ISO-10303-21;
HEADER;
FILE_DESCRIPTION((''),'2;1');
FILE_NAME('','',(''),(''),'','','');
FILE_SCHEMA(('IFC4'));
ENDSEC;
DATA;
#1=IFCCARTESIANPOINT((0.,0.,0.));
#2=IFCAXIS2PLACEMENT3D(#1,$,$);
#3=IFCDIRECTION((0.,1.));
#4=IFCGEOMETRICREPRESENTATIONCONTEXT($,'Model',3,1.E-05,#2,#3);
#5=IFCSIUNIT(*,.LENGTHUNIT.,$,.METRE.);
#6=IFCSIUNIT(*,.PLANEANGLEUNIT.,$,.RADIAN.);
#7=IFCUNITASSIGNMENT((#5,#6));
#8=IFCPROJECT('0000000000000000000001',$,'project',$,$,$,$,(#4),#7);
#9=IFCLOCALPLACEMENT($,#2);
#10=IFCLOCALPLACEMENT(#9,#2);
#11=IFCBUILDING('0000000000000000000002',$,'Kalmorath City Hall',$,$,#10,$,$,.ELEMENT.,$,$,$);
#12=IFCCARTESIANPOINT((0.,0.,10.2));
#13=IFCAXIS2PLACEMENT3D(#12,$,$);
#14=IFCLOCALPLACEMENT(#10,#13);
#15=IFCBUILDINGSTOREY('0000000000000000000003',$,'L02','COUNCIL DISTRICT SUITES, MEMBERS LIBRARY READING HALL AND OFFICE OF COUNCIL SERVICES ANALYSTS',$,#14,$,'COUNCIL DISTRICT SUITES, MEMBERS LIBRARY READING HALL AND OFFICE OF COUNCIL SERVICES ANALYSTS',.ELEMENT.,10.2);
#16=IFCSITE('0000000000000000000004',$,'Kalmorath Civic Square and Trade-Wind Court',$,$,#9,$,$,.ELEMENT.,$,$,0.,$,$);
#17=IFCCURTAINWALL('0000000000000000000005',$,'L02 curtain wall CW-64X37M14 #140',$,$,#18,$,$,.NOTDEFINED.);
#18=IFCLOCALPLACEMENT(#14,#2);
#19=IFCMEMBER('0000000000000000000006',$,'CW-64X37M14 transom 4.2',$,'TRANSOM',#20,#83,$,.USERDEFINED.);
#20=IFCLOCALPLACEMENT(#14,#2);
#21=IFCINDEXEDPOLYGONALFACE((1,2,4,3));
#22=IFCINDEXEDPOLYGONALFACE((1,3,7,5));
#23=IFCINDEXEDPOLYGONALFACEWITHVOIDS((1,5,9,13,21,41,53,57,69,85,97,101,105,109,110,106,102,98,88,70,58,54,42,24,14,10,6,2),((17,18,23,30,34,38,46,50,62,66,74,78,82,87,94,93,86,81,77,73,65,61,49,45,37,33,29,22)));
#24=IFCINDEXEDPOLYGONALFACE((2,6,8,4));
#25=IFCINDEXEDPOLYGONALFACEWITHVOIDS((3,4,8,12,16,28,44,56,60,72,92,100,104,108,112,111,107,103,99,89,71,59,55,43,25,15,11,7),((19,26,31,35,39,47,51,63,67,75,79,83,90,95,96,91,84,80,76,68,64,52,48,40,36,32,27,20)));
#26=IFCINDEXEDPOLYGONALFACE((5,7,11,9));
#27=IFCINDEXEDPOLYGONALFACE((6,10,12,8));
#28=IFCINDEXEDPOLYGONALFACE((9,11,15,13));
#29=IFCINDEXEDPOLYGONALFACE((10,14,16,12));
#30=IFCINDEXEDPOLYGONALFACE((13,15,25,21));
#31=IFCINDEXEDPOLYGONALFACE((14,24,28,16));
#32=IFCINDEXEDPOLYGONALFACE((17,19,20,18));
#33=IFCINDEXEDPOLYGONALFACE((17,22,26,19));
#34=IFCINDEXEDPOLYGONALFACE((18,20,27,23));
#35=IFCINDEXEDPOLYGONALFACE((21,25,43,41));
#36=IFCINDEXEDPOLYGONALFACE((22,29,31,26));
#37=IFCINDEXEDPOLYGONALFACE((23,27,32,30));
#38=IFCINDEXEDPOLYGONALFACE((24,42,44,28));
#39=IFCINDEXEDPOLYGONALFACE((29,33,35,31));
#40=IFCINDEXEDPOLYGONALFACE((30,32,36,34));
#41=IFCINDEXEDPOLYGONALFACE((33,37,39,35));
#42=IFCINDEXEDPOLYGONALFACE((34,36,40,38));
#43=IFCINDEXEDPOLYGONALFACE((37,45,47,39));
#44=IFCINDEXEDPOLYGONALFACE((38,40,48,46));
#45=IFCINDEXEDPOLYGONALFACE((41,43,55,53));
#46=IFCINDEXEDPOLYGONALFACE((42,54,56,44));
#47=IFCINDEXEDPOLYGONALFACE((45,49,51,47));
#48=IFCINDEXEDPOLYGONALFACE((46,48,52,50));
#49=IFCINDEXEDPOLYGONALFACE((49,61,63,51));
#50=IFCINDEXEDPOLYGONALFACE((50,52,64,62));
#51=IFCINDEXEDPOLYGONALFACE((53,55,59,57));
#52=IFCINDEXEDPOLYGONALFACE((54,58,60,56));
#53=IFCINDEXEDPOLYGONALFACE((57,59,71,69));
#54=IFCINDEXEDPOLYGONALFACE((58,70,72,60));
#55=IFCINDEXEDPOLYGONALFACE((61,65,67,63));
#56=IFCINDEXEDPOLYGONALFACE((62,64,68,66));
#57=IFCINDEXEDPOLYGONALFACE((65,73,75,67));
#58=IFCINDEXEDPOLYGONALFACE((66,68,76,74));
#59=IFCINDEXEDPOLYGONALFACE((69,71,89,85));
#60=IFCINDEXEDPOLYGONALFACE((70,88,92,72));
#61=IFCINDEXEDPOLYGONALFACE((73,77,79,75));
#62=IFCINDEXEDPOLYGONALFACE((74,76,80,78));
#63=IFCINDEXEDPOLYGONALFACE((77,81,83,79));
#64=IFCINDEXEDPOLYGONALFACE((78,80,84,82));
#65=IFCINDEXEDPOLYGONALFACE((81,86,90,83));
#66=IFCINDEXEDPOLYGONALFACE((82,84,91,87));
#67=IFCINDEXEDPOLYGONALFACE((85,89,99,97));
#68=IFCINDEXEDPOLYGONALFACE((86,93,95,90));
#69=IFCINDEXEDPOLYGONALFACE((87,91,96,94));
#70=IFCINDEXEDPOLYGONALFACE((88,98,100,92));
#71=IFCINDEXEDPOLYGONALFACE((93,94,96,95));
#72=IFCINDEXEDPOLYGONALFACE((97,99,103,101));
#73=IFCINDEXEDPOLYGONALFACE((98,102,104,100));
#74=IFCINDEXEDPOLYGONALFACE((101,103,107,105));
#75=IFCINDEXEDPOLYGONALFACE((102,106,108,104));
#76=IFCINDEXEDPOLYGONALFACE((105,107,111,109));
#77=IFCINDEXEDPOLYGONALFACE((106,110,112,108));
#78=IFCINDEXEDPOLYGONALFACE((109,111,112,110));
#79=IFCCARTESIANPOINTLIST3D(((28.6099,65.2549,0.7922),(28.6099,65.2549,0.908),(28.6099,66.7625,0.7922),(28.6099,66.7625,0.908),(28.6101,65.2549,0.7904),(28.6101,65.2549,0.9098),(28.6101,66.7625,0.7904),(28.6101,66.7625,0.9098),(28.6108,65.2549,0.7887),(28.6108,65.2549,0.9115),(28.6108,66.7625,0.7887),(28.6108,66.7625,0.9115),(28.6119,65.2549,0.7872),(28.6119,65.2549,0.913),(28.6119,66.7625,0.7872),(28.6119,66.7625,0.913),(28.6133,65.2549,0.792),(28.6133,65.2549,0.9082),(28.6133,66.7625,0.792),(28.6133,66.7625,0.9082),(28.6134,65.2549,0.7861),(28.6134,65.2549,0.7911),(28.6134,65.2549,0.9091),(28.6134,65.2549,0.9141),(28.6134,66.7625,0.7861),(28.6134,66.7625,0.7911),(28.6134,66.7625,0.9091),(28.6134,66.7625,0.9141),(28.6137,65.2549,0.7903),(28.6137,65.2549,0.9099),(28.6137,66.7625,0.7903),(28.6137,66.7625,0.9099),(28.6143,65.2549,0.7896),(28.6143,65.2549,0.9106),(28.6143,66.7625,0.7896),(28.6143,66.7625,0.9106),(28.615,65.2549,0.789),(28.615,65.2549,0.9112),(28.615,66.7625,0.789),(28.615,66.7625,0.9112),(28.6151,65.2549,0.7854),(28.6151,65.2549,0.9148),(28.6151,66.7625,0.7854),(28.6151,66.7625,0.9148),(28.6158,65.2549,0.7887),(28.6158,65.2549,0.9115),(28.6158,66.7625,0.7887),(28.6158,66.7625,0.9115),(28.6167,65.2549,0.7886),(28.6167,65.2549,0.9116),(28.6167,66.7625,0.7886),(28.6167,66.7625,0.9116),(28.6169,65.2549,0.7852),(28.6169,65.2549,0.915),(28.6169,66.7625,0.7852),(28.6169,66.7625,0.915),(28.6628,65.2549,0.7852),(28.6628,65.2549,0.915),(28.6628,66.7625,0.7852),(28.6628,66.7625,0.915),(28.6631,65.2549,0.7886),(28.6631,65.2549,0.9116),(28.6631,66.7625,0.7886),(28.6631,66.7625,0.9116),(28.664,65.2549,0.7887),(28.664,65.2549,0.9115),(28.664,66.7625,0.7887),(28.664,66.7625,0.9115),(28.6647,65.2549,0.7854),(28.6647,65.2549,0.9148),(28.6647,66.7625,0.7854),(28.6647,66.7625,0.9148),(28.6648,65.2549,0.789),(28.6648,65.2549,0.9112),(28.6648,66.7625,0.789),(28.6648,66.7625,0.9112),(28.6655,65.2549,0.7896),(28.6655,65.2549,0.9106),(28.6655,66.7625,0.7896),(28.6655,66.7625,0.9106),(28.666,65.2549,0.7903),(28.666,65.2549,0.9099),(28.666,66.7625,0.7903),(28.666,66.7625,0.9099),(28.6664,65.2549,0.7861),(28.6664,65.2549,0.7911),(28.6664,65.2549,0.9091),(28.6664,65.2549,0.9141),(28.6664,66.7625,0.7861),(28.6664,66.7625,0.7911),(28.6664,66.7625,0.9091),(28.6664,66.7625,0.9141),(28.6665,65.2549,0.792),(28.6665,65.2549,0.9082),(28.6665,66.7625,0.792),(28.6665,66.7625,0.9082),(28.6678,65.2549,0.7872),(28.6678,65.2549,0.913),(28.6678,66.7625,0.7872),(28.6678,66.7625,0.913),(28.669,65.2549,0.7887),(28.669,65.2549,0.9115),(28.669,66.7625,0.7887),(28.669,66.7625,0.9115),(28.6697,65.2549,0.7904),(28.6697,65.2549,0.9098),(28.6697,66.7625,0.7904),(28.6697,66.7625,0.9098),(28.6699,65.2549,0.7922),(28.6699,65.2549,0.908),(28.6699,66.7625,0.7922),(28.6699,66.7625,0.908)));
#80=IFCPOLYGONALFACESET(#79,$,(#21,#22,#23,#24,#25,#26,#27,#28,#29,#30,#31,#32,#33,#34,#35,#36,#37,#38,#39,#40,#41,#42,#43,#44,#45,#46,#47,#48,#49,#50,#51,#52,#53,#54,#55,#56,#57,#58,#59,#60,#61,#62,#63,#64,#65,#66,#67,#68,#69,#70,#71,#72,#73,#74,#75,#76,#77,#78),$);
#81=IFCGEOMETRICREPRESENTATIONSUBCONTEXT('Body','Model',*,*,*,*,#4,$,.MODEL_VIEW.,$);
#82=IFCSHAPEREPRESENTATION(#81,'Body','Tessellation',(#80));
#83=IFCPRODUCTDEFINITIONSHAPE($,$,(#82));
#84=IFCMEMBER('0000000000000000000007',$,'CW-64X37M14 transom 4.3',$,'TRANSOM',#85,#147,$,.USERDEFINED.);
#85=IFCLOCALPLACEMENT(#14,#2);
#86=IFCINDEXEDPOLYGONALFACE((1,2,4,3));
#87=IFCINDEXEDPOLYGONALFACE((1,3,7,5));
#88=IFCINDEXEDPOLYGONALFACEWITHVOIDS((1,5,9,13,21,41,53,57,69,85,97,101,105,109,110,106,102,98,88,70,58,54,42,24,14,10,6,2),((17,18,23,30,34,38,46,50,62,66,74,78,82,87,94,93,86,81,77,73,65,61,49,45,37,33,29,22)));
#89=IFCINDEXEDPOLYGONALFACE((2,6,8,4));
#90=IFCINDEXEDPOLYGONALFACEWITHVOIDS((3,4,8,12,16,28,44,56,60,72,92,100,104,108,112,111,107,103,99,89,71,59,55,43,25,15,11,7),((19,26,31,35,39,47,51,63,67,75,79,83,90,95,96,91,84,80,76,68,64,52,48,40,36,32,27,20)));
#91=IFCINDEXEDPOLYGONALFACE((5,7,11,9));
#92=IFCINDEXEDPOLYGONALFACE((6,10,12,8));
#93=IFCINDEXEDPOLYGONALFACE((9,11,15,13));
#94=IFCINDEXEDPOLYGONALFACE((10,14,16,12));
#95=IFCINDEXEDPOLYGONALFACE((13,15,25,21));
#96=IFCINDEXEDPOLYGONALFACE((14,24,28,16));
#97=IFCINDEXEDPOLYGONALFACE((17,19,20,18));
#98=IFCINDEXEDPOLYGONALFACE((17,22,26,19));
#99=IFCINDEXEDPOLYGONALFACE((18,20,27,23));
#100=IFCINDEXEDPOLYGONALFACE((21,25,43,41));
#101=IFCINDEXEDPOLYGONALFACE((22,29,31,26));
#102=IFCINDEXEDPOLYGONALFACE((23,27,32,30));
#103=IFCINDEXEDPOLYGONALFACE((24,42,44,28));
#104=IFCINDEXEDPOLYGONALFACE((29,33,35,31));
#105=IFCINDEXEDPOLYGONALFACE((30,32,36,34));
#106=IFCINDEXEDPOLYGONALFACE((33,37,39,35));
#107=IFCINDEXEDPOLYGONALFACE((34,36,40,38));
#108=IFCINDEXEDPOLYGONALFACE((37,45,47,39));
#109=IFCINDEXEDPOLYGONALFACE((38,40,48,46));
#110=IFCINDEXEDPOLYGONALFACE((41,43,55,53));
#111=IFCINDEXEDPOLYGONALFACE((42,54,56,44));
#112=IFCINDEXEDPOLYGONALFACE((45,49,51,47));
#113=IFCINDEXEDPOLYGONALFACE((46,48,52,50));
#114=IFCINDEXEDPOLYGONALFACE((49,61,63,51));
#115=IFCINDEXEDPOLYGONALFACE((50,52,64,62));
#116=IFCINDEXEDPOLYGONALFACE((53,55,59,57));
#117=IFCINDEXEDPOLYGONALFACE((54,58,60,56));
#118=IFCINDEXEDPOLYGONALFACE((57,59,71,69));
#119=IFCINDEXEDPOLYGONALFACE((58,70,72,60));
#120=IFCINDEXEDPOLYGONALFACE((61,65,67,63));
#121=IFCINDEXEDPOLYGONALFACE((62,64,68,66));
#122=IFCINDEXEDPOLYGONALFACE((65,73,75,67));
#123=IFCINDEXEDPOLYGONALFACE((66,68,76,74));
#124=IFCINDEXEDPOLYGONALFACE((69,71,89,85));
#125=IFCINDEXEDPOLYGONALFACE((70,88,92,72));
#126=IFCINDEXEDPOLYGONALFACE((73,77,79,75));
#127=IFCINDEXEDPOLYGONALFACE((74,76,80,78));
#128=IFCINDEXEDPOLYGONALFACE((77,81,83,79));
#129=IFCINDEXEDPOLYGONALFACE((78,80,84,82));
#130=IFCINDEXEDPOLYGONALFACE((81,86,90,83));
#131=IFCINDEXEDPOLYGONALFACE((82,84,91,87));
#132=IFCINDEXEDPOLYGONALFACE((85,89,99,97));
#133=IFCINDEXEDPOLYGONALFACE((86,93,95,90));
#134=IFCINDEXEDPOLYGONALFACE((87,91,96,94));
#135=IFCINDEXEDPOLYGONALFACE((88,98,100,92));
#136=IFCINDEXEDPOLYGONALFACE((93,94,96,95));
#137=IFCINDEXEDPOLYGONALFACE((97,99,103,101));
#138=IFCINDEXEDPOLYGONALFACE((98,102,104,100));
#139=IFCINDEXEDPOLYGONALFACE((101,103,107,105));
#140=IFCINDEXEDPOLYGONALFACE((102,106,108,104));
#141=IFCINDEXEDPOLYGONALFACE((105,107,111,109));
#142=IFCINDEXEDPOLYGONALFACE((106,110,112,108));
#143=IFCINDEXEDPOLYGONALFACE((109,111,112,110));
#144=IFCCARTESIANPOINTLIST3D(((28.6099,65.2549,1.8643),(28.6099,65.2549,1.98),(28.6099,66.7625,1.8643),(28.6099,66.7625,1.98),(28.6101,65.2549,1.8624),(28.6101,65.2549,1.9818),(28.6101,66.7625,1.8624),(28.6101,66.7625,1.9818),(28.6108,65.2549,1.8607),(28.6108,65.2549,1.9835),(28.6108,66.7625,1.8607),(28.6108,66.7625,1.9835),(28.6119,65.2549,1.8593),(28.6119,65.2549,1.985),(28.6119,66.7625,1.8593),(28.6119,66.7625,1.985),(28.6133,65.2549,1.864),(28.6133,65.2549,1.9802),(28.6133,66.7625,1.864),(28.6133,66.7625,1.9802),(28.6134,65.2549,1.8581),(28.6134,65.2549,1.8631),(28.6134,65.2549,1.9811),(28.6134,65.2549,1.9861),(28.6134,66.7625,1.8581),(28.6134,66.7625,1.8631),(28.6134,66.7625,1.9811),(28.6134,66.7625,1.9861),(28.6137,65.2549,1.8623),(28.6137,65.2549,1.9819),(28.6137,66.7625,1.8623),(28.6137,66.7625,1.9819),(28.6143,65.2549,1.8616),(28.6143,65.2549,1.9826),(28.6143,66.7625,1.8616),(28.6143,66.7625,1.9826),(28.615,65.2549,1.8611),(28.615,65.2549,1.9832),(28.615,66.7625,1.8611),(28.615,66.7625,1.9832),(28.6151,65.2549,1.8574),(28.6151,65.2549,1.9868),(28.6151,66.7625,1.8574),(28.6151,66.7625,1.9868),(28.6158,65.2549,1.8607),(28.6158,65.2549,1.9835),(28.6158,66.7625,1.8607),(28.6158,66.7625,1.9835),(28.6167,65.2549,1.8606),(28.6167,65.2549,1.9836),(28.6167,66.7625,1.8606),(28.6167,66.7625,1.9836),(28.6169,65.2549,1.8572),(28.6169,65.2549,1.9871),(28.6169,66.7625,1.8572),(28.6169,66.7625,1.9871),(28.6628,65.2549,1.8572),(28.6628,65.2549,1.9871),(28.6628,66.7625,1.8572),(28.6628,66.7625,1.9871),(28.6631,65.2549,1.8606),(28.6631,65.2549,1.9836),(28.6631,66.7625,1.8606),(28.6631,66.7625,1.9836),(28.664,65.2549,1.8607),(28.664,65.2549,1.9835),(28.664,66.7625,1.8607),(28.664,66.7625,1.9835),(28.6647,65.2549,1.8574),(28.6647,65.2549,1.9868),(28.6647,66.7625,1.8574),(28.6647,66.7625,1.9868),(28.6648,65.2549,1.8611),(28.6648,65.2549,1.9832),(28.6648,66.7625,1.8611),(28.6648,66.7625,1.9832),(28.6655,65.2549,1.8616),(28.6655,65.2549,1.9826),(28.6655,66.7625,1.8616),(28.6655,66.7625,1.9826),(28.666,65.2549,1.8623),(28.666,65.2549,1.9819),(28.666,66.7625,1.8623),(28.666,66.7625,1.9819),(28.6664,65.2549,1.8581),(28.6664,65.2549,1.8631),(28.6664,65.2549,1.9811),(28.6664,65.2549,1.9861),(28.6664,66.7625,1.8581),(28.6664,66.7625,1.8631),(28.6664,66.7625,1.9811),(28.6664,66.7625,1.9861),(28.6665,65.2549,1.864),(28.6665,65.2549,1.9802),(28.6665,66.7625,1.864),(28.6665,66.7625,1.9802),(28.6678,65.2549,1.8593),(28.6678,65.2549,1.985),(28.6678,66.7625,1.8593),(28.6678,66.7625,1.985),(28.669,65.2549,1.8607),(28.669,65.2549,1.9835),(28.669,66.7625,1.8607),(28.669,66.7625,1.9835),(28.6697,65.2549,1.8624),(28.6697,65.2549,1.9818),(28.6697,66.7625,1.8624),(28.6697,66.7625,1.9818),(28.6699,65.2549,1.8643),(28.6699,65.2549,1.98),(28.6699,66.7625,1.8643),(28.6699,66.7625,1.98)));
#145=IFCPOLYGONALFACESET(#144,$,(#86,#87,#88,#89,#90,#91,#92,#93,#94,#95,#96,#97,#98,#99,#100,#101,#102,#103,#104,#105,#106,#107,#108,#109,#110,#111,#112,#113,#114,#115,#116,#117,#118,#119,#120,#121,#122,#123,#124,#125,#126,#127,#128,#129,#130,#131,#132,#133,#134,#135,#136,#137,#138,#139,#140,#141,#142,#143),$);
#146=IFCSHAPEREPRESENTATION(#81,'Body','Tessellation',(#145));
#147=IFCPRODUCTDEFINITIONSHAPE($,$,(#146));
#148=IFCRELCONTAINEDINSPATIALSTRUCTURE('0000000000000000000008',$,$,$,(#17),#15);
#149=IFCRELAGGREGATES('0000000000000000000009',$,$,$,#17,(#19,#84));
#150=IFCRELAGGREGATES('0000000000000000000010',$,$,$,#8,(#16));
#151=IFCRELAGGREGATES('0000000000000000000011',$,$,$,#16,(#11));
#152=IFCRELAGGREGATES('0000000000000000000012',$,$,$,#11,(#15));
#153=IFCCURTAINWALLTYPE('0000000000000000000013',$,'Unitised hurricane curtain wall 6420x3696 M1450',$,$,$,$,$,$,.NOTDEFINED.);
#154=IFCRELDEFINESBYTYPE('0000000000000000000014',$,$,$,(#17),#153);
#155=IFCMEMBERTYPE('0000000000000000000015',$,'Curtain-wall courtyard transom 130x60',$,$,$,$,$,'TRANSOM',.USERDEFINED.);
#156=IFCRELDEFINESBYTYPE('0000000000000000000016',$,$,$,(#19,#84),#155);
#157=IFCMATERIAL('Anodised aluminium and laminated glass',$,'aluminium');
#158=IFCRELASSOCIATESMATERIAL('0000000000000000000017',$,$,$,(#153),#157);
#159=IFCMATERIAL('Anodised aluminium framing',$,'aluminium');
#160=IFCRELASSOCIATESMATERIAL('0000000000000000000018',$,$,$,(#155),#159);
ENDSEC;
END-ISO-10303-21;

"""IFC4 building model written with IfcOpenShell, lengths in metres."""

from ifc_helpers import new_model, si_unit, direction, frame, origin, origin_2d, place, context, subcontext, project, spatial, hollow_rectangle, extrude, material, material_profile, profile_set, type_object, element, aggregate, save


model = new_model("IFC4")

# Units and contexts
model_context = context("Model", 3, precision=1e-05, world=origin(), true_north=direction((0.0, 1.0)))
body_context = subcontext(model_context, "Body", "Model", "MODEL_VIEW")
ifc_project = project(units=[si_unit("LENGTHUNIT", "METRE"), si_unit("PLANEANGLEUNIT", "RADIAN")], contexts=[model_context])

# Site, building, storey
site_placement = place(None, origin())
site = spatial("IfcSite", under=ifc_project, at=site_placement, Name="Kalmorath Civic Square and Trade-Wind Court", CompositionType="ELEMENT", RefElevation=0.0)
building_placement = place(site_placement, origin())
building = spatial("IfcBuilding", under=site, at=building_placement, Name="Kalmorath City Hall", CompositionType="ELEMENT")
storey_placement = place(building_placement, frame((0.0, 0.0, 10.2)))
storey = spatial("IfcBuildingStorey", under=building, at=storey_placement, Name="L02", Description="COUNCIL DISTRICT SUITES, MEMBERS LIBRARY READING HALL AND OFFICE OF COUNCIL SERVICES ANALYSTS", LongName="COUNCIL DISTRICT SUITES, MEMBERS LIBRARY READING HALL AND OFFICE OF COUNCIL SERVICES ANALYSTS", CompositionType="ELEMENT", Elevation=10.2)

# Curtain wall, members
ifc_material_1 = material(Name="Anodised aluminium and laminated glass", Category="aluminium")
curtain_wall_type = type_object("IfcCurtainWallType", Name="Unitised hurricane curtain wall 6420x3696 M1450", PredefinedType="NOTDEFINED", material=ifc_material_1)
curtain_wall_placement = place(storey_placement, origin())
curtain_wall = element("IfcCurtainWall", 1, at=curtain_wall_placement, inside=storey, type_object=curtain_wall_type, Name="L02 curtain wall CW-64X37M14 #140", PredefinedType="NOTDEFINED")
ifc_material_2 = material(Name="Anodised aluminium framing", Category="aluminium")
ifc_material_profile_1 = material_profile(ifc_material_2, hollow_rectangle(XDim=0.0601, YDim=0.1299, WallThickness=0.0034, InnerFilletRadius=0.0034, OuterFilletRadius=0.0071, at=origin_2d()), Name="ALU-TRN-130X60X3.5")
ifc_profile_set_1 = profile_set([ifc_material_profile_1], Name="Anodised aluminium framing")
member_type_1 = type_object("IfcMemberType", Name="Curtain-wall courtyard transom 130x60", ElementType="TRANSOM", PredefinedType="USERDEFINED", material=ifc_profile_set_1)
member_1_placement = place(storey_placement, frame((28.6399, 66.7625, 0.8501), z_axis=(0.0, -1.0, 0.0), x_axis=(1.0, 0.0, 0.0)))
member_1 = element("IfcMember", 2, at=member_1_placement, type_object=member_type_1, Name="CW-64X37M14 transom 4.2", ObjectType="TRANSOM", PredefinedType="USERDEFINED", context=body_context, shape_type="SweptSolid", body=[
    extrude(hollow_rectangle(XDim=0.0601, YDim=0.1299, WallThickness=0.0034, InnerFilletRadius=0.0034, OuterFilletRadius=0.0071, at=origin_2d()), origin(), (0.0, 0.0, 1.0), 1.5076),
])
member_2_placement = place(storey_placement, frame((28.6399, 66.7625, 1.9221), z_axis=(0.0, -1.0, 0.0), x_axis=(1.0, 0.0, 0.0)))
member_2 = element("IfcMember", 3, at=member_2_placement, type_object=member_type_1, Name="CW-64X37M14 transom 4.3", ObjectType="TRANSOM", PredefinedType="USERDEFINED", context=body_context, shape_type="SweptSolid", body=[
    extrude(hollow_rectangle(XDim=0.0601, YDim=0.1299, WallThickness=0.0034, InnerFilletRadius=0.0034, OuterFilletRadius=0.0071, at=origin_2d()), origin(), (0.0, 0.0, 1.0), 1.5076),
])
aggregate(curtain_wall, [member_1, member_2])

save(model, "model.ifc")
